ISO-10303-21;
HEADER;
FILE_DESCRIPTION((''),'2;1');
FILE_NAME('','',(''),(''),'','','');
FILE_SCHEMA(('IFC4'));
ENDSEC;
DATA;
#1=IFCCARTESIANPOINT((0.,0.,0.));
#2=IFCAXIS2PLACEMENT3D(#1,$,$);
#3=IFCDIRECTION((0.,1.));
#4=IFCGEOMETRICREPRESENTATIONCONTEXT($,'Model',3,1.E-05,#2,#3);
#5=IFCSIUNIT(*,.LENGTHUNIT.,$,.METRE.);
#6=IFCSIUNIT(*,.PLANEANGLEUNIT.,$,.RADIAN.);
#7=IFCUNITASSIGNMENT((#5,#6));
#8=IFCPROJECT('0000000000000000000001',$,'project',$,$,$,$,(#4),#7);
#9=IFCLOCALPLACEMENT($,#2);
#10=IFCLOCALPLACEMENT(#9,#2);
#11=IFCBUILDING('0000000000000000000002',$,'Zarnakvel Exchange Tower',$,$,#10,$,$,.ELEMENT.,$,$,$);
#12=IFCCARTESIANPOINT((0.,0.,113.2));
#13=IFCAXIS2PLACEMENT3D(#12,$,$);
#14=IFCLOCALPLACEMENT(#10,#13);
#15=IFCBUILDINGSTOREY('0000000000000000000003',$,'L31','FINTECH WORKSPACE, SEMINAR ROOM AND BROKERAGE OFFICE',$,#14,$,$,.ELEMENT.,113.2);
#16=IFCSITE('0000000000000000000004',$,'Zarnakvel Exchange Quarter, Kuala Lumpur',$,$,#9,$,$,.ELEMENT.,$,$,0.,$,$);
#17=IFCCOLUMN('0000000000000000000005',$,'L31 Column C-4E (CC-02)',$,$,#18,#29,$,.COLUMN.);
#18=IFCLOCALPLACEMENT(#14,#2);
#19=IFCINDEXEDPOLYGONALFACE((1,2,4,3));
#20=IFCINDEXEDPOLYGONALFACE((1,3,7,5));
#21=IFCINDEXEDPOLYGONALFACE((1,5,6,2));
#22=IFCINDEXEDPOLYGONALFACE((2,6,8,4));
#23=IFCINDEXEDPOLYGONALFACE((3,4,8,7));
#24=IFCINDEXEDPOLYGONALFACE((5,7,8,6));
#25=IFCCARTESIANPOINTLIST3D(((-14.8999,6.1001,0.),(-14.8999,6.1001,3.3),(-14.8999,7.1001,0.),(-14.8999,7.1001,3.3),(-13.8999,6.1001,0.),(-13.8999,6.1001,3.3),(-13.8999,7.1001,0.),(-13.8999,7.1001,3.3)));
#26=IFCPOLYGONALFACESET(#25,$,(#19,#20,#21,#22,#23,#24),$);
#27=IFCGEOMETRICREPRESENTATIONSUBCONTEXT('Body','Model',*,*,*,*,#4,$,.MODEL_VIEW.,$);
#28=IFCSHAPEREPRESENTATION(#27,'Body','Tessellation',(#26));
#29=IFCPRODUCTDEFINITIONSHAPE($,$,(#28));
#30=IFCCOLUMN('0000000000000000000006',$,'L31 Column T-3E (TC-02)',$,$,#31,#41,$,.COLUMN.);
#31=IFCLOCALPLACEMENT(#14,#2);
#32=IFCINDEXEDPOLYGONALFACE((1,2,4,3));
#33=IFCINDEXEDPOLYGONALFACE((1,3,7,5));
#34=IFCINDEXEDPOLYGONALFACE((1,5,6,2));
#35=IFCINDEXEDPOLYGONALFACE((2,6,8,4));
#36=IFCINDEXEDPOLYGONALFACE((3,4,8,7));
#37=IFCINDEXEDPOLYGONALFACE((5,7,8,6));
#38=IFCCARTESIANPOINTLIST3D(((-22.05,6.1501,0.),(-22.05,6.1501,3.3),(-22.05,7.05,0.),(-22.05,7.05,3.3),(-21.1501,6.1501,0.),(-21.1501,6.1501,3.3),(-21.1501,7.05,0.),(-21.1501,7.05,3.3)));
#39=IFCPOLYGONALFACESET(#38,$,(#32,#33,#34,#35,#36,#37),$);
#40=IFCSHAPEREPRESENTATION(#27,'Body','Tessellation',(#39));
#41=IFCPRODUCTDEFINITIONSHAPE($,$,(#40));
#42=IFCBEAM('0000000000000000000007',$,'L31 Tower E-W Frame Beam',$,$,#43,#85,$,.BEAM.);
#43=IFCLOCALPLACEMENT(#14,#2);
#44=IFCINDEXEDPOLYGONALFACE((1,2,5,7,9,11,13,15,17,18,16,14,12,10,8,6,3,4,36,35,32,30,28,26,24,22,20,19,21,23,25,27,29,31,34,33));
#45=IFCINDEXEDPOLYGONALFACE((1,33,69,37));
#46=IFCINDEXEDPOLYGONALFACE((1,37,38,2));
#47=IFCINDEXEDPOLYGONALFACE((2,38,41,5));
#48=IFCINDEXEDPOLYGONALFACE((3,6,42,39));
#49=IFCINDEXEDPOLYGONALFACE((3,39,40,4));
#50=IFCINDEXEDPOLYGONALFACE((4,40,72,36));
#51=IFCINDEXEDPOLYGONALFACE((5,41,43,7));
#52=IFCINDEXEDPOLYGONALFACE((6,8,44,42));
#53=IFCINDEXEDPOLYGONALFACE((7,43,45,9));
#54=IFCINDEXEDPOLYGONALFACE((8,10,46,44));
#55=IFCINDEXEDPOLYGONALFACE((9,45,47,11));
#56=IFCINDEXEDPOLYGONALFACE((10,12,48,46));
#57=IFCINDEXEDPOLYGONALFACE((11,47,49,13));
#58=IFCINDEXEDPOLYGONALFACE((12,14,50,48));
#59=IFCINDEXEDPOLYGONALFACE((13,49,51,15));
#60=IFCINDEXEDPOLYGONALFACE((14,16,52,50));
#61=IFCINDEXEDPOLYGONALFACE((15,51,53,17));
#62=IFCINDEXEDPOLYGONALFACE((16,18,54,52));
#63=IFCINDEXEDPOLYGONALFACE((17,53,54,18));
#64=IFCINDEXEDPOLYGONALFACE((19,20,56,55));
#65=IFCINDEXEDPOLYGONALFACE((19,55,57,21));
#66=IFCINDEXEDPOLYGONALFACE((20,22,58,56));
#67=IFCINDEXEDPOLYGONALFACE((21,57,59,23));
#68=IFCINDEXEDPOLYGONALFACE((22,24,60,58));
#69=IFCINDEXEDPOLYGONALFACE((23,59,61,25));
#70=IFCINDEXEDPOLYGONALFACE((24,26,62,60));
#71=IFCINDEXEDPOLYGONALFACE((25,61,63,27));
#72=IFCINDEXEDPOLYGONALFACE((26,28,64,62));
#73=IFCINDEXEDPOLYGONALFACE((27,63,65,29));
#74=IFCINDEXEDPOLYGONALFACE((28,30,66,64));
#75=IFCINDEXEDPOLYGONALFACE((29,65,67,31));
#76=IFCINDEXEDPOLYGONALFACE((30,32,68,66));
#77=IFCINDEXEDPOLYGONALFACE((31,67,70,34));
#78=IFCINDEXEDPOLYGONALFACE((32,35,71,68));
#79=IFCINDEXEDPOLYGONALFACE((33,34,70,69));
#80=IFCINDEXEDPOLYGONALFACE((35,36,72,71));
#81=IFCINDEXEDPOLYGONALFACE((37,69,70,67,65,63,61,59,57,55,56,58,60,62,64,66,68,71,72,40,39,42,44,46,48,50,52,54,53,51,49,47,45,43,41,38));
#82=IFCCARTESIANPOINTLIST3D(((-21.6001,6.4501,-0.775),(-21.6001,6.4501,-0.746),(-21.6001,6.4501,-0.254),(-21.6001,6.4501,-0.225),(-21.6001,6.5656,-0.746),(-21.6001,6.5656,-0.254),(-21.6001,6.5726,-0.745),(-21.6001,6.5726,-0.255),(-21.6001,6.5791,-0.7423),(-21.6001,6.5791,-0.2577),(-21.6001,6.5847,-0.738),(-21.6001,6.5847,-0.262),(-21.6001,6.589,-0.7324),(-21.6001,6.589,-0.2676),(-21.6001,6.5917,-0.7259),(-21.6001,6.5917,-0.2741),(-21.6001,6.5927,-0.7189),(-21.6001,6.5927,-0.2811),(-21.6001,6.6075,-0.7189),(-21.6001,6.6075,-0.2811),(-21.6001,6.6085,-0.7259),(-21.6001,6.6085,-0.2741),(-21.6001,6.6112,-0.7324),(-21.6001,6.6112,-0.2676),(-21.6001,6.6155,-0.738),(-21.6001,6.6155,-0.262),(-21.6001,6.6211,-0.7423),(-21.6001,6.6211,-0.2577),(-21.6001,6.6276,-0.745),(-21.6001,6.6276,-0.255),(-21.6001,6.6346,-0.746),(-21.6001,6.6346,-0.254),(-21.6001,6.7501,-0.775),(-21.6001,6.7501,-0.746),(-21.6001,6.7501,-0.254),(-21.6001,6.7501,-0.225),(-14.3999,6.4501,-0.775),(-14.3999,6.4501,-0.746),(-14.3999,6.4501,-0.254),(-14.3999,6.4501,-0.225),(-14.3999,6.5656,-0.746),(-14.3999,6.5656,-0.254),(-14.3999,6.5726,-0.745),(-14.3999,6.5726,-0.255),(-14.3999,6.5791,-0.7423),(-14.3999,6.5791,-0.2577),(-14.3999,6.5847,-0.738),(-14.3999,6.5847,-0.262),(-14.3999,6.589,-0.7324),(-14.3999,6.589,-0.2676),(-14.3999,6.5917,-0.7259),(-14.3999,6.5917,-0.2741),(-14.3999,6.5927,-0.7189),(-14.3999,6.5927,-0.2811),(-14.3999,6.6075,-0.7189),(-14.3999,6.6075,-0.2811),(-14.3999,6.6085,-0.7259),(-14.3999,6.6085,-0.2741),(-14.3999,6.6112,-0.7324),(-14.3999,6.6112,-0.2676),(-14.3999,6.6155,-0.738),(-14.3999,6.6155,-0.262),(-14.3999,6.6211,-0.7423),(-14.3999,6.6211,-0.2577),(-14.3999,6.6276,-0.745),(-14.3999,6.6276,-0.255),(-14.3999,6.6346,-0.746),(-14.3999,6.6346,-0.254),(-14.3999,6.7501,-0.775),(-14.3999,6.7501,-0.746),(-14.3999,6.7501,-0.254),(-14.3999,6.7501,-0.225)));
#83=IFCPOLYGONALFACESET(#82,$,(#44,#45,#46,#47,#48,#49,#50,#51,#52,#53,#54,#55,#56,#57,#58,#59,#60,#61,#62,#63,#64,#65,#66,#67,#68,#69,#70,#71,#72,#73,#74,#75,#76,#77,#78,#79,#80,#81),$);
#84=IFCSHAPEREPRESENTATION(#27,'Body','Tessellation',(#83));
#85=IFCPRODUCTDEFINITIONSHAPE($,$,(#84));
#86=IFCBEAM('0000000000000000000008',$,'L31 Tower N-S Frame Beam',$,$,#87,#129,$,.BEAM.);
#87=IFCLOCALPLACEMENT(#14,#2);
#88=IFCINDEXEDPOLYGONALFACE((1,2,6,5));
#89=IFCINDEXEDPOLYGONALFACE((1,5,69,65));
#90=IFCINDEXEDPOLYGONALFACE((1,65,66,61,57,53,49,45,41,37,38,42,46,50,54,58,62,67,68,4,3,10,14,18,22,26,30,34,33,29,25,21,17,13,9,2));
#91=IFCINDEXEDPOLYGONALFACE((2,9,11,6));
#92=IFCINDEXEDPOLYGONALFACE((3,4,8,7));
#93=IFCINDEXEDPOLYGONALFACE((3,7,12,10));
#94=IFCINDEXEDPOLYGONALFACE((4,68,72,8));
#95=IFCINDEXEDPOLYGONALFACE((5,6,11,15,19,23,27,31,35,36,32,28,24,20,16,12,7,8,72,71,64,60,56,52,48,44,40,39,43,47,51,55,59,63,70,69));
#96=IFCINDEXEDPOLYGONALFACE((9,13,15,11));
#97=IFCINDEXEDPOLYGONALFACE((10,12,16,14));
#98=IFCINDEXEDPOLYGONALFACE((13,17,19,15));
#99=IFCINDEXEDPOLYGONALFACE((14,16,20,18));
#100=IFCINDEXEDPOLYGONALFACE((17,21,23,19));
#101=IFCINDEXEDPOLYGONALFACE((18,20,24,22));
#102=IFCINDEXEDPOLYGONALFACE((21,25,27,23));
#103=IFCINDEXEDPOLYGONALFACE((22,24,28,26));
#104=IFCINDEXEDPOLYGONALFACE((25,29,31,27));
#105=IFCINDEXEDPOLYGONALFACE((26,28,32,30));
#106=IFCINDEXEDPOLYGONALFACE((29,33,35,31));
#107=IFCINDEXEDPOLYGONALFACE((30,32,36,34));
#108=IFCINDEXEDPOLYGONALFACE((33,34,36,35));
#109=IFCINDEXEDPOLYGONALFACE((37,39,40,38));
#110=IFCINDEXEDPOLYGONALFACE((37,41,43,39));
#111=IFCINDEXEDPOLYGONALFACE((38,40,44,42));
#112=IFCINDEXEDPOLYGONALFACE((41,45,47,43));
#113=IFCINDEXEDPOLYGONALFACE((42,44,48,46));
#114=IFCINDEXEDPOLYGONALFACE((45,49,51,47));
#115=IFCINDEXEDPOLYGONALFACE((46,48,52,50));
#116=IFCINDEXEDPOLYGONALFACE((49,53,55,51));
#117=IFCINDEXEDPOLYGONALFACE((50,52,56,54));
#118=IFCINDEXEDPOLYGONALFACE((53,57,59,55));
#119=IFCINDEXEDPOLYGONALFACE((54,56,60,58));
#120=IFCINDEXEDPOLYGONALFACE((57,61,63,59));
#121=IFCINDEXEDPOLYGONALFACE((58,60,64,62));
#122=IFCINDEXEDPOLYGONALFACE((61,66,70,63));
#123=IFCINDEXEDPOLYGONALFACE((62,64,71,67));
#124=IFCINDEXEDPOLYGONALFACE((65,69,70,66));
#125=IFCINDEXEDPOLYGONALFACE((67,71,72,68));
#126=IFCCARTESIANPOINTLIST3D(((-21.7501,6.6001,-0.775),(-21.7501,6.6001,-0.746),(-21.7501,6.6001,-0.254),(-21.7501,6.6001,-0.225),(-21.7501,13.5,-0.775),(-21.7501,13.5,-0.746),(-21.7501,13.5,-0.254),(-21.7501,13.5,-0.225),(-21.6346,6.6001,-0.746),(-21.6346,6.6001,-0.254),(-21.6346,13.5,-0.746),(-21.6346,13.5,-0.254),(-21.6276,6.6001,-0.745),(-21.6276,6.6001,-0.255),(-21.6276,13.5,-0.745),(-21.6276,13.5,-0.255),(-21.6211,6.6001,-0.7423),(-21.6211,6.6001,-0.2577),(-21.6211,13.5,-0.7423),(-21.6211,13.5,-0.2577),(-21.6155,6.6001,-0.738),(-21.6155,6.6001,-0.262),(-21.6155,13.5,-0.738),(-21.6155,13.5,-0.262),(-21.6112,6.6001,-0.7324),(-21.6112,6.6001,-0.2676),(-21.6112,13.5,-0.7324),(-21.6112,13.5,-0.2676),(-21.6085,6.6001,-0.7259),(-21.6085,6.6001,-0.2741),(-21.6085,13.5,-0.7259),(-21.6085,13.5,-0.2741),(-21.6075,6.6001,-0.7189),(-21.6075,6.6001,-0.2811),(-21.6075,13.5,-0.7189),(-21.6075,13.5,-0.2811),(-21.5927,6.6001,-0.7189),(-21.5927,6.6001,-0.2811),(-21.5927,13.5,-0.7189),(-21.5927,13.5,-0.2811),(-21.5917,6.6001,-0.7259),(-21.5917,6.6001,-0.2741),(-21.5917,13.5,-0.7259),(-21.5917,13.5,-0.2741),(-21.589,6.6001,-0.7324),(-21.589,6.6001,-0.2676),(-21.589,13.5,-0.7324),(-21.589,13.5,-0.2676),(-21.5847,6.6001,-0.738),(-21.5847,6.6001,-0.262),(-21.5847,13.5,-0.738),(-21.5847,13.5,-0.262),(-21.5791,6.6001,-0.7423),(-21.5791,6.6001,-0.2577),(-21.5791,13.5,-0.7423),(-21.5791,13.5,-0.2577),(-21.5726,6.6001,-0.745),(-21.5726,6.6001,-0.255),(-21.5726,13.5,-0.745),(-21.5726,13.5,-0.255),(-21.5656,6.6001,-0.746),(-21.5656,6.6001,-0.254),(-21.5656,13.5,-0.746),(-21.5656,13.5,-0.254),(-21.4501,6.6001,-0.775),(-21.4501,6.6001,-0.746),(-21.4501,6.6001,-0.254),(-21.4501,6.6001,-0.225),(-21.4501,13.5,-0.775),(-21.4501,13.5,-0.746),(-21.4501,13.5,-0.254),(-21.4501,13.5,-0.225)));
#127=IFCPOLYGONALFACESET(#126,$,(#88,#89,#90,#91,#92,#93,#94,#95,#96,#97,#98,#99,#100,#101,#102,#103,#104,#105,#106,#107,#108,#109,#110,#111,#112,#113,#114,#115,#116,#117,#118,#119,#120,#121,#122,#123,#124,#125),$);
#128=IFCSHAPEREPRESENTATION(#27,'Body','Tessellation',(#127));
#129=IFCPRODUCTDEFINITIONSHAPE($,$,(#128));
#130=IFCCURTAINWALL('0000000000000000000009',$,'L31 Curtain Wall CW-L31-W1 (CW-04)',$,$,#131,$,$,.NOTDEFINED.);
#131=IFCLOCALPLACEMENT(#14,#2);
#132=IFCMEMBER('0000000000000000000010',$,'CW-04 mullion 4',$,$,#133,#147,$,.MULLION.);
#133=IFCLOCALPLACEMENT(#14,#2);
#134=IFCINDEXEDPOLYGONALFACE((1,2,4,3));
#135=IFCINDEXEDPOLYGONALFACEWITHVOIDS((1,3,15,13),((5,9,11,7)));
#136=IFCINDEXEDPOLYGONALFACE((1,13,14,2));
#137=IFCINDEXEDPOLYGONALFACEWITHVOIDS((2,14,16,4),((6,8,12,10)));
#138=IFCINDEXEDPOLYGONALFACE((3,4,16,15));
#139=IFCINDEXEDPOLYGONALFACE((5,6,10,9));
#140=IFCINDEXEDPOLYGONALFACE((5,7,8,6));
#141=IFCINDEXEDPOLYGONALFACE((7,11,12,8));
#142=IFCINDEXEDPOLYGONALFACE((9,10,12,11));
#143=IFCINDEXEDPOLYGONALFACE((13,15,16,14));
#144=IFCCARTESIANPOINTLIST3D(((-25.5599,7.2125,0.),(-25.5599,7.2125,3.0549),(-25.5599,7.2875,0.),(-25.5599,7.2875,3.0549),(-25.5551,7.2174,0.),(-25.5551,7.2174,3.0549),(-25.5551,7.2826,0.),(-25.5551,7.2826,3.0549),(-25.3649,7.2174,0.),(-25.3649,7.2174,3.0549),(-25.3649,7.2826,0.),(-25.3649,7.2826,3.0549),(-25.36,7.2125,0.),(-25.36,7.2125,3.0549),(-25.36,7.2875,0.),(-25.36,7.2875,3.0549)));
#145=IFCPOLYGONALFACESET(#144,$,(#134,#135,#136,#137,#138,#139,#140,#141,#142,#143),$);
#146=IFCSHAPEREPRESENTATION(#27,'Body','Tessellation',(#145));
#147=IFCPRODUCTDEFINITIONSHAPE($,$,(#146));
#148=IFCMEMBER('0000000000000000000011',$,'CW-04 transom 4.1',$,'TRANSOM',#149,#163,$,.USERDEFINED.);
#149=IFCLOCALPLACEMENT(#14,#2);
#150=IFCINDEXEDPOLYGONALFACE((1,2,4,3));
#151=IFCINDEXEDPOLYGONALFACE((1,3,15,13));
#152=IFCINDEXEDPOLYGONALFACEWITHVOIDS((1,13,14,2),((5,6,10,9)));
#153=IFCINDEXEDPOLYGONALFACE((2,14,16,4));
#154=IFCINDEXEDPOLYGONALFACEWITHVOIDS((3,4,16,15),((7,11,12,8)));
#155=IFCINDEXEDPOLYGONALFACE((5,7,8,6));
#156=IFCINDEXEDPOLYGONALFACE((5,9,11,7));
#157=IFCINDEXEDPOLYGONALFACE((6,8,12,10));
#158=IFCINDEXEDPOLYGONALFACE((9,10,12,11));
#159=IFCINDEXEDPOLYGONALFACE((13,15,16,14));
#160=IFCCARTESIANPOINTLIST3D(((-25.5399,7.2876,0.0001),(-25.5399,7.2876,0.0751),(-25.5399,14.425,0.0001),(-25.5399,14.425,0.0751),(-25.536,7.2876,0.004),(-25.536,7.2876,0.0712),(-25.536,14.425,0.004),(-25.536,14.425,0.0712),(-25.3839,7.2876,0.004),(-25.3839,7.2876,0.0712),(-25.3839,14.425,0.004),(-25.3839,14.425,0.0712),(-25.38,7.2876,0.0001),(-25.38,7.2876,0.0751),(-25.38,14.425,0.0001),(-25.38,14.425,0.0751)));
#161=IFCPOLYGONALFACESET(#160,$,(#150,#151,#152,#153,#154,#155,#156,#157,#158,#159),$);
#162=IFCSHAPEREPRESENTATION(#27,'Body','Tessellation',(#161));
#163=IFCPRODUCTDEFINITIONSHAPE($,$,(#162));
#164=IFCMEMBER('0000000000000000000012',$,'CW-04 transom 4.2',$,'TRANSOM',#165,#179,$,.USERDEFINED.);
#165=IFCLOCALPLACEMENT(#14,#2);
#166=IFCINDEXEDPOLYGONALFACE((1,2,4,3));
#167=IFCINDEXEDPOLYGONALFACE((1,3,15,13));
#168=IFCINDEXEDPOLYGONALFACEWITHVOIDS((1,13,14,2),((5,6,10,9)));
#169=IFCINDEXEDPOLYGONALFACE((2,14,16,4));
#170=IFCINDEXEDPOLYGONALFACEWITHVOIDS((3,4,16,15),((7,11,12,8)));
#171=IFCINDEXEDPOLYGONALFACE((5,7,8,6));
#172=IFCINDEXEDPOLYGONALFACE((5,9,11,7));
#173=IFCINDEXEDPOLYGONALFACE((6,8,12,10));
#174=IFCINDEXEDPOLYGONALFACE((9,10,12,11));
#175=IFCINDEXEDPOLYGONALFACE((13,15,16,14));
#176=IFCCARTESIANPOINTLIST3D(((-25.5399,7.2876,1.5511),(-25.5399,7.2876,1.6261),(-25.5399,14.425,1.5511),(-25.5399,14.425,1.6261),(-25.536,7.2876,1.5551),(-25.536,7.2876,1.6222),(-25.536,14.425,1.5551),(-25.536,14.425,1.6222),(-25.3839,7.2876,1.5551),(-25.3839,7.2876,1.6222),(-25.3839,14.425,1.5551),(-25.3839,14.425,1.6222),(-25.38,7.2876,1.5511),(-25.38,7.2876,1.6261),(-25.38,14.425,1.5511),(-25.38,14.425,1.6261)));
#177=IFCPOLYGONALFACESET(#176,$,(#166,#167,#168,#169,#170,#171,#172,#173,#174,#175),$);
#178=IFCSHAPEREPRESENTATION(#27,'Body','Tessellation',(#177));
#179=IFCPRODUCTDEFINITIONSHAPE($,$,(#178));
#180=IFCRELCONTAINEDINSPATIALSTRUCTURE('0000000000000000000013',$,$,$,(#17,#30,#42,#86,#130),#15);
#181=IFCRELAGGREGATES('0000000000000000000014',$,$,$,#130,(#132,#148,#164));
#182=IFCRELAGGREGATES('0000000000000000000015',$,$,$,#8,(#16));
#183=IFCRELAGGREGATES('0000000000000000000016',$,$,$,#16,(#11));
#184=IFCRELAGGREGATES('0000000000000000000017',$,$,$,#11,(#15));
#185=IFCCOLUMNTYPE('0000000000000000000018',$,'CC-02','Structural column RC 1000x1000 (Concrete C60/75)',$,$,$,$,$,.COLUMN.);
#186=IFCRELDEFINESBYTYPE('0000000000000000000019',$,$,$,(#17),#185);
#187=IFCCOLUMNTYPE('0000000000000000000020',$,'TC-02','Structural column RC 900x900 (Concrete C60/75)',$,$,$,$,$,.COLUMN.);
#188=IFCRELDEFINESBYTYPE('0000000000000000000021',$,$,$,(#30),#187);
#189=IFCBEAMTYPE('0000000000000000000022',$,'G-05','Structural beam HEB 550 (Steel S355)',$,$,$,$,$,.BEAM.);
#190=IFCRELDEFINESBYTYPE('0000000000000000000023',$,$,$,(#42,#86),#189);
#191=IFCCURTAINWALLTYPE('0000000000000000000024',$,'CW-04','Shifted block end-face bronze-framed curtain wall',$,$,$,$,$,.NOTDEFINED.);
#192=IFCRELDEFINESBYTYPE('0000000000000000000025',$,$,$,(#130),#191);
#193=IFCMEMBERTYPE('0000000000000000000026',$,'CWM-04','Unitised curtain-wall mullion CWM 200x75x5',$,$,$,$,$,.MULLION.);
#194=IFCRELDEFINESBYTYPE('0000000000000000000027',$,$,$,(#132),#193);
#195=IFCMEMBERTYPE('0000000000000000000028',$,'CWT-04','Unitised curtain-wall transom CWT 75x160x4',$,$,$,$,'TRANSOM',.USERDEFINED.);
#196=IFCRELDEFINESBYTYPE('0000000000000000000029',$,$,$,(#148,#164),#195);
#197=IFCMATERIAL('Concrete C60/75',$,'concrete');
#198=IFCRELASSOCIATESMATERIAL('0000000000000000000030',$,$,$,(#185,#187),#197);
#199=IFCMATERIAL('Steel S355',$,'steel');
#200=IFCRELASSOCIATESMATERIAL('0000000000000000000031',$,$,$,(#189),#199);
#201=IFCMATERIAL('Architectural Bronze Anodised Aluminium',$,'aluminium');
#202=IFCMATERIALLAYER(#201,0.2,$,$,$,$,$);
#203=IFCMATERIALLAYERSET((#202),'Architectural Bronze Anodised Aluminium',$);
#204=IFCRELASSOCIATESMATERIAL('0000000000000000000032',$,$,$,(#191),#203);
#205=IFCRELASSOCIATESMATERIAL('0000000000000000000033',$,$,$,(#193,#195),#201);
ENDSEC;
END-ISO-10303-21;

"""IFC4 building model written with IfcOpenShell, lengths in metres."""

from ifc_helpers import new_model, si_unit, direction, frame, origin, origin_2d, place, context, subcontext, project, spatial, rectangle, hollow_rectangle, i_section, extrude, source, transform, mapped, material, layer, layer_set, material_profile, profile_set, type_object, element, aggregate, save


model = new_model("IFC4")

# Units and contexts
model_context = context("Model", 3, precision=1e-05, world=origin(), true_north=direction((0.0, 1.0)))
body_context = subcontext(model_context, "Body", "Model", "MODEL_VIEW")
ifc_project = project(units=[si_unit("LENGTHUNIT", "METRE"), si_unit("PLANEANGLEUNIT", "RADIAN")], contexts=[model_context])

# Site, building, storey
site_placement = place(None, origin())
site = spatial("IfcSite", under=ifc_project, at=site_placement, Name="Zarnakvel Exchange Quarter, Kuala Lumpur", CompositionType="ELEMENT", RefElevation=0.0)
building_placement = place(site_placement, origin())
building = spatial("IfcBuilding", under=site, at=building_placement, Name="Zarnakvel Exchange Tower", CompositionType="ELEMENT")
storey_placement = place(building_placement, frame((0.0, 0.0, 113.2)))
storey = spatial("IfcBuildingStorey", under=building, at=storey_placement, Name="L31", Description="FINTECH WORKSPACE, SEMINAR ROOM AND BROKERAGE OFFICE", CompositionType="ELEMENT", Elevation=113.2)

# Columns
ifc_material_1 = material(Name="Concrete C60/75", Category="concrete")
ifc_material_profile_1 = material_profile(ifc_material_1, rectangle(XDim=1.0, YDim=1.0, at=origin_2d()))
ifc_profile_set_1 = profile_set([ifc_material_profile_1], Name="Concrete C60/75")
column_type_1 = type_object("IfcColumnType", Name="CC-02", Description="Structural column RC 1000x1000 (Concrete C60/75)", PredefinedType="COLUMN", material=ifc_profile_set_1)
column_1_placement = place(storey_placement, frame((-14.3999, 6.6001, 0.0), z_axis=(0.0, 0.0, 1.0), x_axis=(1.0, 0.0, 0.0)))
element("IfcColumn", 1, at=column_1_placement, inside=storey, type_object=column_type_1, Name="L31 Column C-4E (CC-02)", PredefinedType="COLUMN", context=body_context, shape_type="SweptSolid", body=[
    extrude(rectangle(XDim=1.0, YDim=1.0, at=origin_2d()), origin(), (0.0, 0.0, 1.0), 3.3),
])
ifc_material_profile_2 = material_profile(ifc_material_1, rectangle(XDim=0.8999, YDim=0.8999, at=origin_2d()))
ifc_profile_set_2 = profile_set([ifc_material_profile_2], Name="Concrete C60/75")
column_type_2 = type_object("IfcColumnType", Name="TC-02", Description="Structural column RC 900x900 (Concrete C60/75)", PredefinedType="COLUMN", material=ifc_profile_set_2)
column_2_placement = place(storey_placement, frame((-21.6001, 6.6001, 0.0), z_axis=(0.0, 0.0, 1.0), x_axis=(1.0, 0.0, 0.0)))
element("IfcColumn", 2, at=column_2_placement, inside=storey, type_object=column_type_2, Name="L31 Column T-3E (TC-02)", PredefinedType="COLUMN", context=body_context, shape_type="SweptSolid", body=[
    extrude(rectangle(XDim=0.8999, YDim=0.8999, at=origin_2d()), origin(), (0.0, 0.0, 1.0), 3.3),
])

# Beams
ifc_material_2 = material(Name="Steel S355", Category="steel")
ifc_material_profile_3 = material_profile(ifc_material_2, i_section(OverallWidth=0.3, OverallDepth=0.55, WebThickness=0.0149, FlangeThickness=0.0291, FilletRadius=0.0271, at=origin_2d()))
ifc_profile_set_3 = profile_set([ifc_material_profile_3], Name="Steel S355")
beam_type = type_object("IfcBeamType", Name="G-05", Description="Structural beam HEB 550 (Steel S355)", PredefinedType="BEAM", material=ifc_profile_set_3)
beam_1_placement = place(storey_placement, frame((-21.6001, 6.6001, -0.5), z_axis=(1.0, 0.0, 0.0), x_axis=(0.0, 1.0, 0.0)))
element("IfcBeam", 3, at=beam_1_placement, inside=storey, type_object=beam_type, Name="L31 Tower E-W Frame Beam", PredefinedType="BEAM", context=body_context, shape_type="SweptSolid", body=[
    extrude(i_section(OverallWidth=0.3, OverallDepth=0.55, WebThickness=0.0149, FlangeThickness=0.0291, FilletRadius=0.0271, at=origin_2d()), origin(), (0.0, 0.0, 1.0), 7.2002),
])
beam_2_placement = place(storey_placement, frame((-21.6001, 6.6001, -0.5), z_axis=(0.0, 1.0, 0.0), x_axis=(-1.0, 0.0, 0.0)))
element("IfcBeam", 4, at=beam_2_placement, inside=storey, type_object=beam_type, Name="L31 Tower N-S Frame Beam", PredefinedType="BEAM", context=body_context, shape_type="SweptSolid", body=[
    extrude(i_section(OverallWidth=0.3, OverallDepth=0.55, WebThickness=0.0149, FlangeThickness=0.0291, FilletRadius=0.0271, at=origin_2d()), origin(), (0.0, 0.0, 1.0), 6.8999),
])

# Curtain wall, members
ifc_material_3 = material(Name="Architectural Bronze Anodised Aluminium", Category="aluminium")
ifc_layer_1 = layer(ifc_material_3, 0.2)
ifc_layer_set_1 = layer_set([ifc_layer_1], Name="Architectural Bronze Anodised Aluminium")
curtain_wall_type = type_object("IfcCurtainWallType", Name="CW-04", Description="Shifted block end-face bronze-framed curtain wall", PredefinedType="NOTDEFINED", material=ifc_layer_set_1)
curtain_wall_placement = place(storey_placement, origin())
curtain_wall = element("IfcCurtainWall", 5, at=curtain_wall_placement, inside=storey, type_object=curtain_wall_type, Name="L31 Curtain Wall CW-L31-W1 (CW-04)", PredefinedType="NOTDEFINED")
ifc_material_profile_4 = material_profile(ifc_material_3, hollow_rectangle(XDim=0.2, YDim=0.075, WallThickness=0.0049, at=origin_2d()))
ifc_profile_set_4 = profile_set([ifc_material_profile_4], Name="Architectural Bronze Anodised Aluminium")
member_type_1 = type_object("IfcMemberType", Name="CWM-04", Description="Unitised curtain-wall mullion CWM 200x75x5", PredefinedType="MULLION", material=ifc_profile_set_4)
shared_shape_1 = source(origin(), body_context, "Body", "SweptSolid", [
    extrude(hollow_rectangle(XDim=0.2, YDim=0.075, WallThickness=0.0049, at=origin_2d()), origin(), (0.0, 0.0, 1.0), 3.0549),
])
member_1_placement = place(storey_placement, frame((-25.46, 7.25, 0.0), z_axis=(0.0, 0.0, 1.0), x_axis=(-1.0, 0.0, 0.0)))
member_1 = element("IfcMember", 6, at=member_1_placement, type_object=member_type_1, Name="CW-04 mullion 4", PredefinedType="MULLION", context=body_context, shape_type="MappedRepresentation", body=[
    mapped(shared_shape_1, transform((0.0, 0.0, 0.0), x_axis=(1.0, 0.0, 0.0), y_axis=(0.0, 1.0, 0.0), z_axis=(0.0, 0.0, 1.0), scale=1.0)),
])
ifc_material_profile_5 = material_profile(ifc_material_3, hollow_rectangle(XDim=0.1599, YDim=0.075, WallThickness=0.0039, at=origin_2d()))
ifc_profile_set_5 = profile_set([ifc_material_profile_5], Name="Architectural Bronze Anodised Aluminium")
member_type_2 = type_object("IfcMemberType", Name="CWT-04", Description="Unitised curtain-wall transom CWT 75x160x4", ElementType="TRANSOM", PredefinedType="USERDEFINED", material=ifc_profile_set_5)
shared_shape_2 = source(origin(), body_context, "Body", "SweptSolid", [
    extrude(hollow_rectangle(XDim=0.1599, YDim=0.075, WallThickness=0.0039, at=origin_2d()), origin(), (0.0, 0.0, 1.0), 7.1375),
])
member_2_placement = place(storey_placement, frame((-25.46, 7.2876, 0.0376), z_axis=(0.0, 1.0, 0.0), x_axis=(-1.0, 0.0, 0.0)))
member_2 = element("IfcMember", 7, at=member_2_placement, type_object=member_type_2, Name="CW-04 transom 4.1", ObjectType="TRANSOM", PredefinedType="USERDEFINED", context=body_context, shape_type="MappedRepresentation", body=[
    mapped(shared_shape_2, transform((0.0, 0.0, 0.0), x_axis=(1.0, 0.0, 0.0), y_axis=(0.0, 1.0, 0.0), z_axis=(0.0, 0.0, 1.0), scale=1.0)),
])
member_3_placement = place(storey_placement, frame((-25.46, 7.2876, 1.5886), z_axis=(0.0, 1.0, 0.0), x_axis=(-1.0, 0.0, 0.0)))
member_3 = element("IfcMember", 8, at=member_3_placement, type_object=member_type_2, Name="CW-04 transom 4.2", ObjectType="TRANSOM", PredefinedType="USERDEFINED", context=body_context, shape_type="MappedRepresentation", body=[
    mapped(shared_shape_2, transform((0.0, 0.0, 0.0), x_axis=(1.0, 0.0, 0.0), y_axis=(0.0, 1.0, 0.0), z_axis=(0.0, 0.0, 1.0), scale=1.0)),
])
aggregate(curtain_wall, [member_1, member_2, member_3])

save(model, "model.ifc")
